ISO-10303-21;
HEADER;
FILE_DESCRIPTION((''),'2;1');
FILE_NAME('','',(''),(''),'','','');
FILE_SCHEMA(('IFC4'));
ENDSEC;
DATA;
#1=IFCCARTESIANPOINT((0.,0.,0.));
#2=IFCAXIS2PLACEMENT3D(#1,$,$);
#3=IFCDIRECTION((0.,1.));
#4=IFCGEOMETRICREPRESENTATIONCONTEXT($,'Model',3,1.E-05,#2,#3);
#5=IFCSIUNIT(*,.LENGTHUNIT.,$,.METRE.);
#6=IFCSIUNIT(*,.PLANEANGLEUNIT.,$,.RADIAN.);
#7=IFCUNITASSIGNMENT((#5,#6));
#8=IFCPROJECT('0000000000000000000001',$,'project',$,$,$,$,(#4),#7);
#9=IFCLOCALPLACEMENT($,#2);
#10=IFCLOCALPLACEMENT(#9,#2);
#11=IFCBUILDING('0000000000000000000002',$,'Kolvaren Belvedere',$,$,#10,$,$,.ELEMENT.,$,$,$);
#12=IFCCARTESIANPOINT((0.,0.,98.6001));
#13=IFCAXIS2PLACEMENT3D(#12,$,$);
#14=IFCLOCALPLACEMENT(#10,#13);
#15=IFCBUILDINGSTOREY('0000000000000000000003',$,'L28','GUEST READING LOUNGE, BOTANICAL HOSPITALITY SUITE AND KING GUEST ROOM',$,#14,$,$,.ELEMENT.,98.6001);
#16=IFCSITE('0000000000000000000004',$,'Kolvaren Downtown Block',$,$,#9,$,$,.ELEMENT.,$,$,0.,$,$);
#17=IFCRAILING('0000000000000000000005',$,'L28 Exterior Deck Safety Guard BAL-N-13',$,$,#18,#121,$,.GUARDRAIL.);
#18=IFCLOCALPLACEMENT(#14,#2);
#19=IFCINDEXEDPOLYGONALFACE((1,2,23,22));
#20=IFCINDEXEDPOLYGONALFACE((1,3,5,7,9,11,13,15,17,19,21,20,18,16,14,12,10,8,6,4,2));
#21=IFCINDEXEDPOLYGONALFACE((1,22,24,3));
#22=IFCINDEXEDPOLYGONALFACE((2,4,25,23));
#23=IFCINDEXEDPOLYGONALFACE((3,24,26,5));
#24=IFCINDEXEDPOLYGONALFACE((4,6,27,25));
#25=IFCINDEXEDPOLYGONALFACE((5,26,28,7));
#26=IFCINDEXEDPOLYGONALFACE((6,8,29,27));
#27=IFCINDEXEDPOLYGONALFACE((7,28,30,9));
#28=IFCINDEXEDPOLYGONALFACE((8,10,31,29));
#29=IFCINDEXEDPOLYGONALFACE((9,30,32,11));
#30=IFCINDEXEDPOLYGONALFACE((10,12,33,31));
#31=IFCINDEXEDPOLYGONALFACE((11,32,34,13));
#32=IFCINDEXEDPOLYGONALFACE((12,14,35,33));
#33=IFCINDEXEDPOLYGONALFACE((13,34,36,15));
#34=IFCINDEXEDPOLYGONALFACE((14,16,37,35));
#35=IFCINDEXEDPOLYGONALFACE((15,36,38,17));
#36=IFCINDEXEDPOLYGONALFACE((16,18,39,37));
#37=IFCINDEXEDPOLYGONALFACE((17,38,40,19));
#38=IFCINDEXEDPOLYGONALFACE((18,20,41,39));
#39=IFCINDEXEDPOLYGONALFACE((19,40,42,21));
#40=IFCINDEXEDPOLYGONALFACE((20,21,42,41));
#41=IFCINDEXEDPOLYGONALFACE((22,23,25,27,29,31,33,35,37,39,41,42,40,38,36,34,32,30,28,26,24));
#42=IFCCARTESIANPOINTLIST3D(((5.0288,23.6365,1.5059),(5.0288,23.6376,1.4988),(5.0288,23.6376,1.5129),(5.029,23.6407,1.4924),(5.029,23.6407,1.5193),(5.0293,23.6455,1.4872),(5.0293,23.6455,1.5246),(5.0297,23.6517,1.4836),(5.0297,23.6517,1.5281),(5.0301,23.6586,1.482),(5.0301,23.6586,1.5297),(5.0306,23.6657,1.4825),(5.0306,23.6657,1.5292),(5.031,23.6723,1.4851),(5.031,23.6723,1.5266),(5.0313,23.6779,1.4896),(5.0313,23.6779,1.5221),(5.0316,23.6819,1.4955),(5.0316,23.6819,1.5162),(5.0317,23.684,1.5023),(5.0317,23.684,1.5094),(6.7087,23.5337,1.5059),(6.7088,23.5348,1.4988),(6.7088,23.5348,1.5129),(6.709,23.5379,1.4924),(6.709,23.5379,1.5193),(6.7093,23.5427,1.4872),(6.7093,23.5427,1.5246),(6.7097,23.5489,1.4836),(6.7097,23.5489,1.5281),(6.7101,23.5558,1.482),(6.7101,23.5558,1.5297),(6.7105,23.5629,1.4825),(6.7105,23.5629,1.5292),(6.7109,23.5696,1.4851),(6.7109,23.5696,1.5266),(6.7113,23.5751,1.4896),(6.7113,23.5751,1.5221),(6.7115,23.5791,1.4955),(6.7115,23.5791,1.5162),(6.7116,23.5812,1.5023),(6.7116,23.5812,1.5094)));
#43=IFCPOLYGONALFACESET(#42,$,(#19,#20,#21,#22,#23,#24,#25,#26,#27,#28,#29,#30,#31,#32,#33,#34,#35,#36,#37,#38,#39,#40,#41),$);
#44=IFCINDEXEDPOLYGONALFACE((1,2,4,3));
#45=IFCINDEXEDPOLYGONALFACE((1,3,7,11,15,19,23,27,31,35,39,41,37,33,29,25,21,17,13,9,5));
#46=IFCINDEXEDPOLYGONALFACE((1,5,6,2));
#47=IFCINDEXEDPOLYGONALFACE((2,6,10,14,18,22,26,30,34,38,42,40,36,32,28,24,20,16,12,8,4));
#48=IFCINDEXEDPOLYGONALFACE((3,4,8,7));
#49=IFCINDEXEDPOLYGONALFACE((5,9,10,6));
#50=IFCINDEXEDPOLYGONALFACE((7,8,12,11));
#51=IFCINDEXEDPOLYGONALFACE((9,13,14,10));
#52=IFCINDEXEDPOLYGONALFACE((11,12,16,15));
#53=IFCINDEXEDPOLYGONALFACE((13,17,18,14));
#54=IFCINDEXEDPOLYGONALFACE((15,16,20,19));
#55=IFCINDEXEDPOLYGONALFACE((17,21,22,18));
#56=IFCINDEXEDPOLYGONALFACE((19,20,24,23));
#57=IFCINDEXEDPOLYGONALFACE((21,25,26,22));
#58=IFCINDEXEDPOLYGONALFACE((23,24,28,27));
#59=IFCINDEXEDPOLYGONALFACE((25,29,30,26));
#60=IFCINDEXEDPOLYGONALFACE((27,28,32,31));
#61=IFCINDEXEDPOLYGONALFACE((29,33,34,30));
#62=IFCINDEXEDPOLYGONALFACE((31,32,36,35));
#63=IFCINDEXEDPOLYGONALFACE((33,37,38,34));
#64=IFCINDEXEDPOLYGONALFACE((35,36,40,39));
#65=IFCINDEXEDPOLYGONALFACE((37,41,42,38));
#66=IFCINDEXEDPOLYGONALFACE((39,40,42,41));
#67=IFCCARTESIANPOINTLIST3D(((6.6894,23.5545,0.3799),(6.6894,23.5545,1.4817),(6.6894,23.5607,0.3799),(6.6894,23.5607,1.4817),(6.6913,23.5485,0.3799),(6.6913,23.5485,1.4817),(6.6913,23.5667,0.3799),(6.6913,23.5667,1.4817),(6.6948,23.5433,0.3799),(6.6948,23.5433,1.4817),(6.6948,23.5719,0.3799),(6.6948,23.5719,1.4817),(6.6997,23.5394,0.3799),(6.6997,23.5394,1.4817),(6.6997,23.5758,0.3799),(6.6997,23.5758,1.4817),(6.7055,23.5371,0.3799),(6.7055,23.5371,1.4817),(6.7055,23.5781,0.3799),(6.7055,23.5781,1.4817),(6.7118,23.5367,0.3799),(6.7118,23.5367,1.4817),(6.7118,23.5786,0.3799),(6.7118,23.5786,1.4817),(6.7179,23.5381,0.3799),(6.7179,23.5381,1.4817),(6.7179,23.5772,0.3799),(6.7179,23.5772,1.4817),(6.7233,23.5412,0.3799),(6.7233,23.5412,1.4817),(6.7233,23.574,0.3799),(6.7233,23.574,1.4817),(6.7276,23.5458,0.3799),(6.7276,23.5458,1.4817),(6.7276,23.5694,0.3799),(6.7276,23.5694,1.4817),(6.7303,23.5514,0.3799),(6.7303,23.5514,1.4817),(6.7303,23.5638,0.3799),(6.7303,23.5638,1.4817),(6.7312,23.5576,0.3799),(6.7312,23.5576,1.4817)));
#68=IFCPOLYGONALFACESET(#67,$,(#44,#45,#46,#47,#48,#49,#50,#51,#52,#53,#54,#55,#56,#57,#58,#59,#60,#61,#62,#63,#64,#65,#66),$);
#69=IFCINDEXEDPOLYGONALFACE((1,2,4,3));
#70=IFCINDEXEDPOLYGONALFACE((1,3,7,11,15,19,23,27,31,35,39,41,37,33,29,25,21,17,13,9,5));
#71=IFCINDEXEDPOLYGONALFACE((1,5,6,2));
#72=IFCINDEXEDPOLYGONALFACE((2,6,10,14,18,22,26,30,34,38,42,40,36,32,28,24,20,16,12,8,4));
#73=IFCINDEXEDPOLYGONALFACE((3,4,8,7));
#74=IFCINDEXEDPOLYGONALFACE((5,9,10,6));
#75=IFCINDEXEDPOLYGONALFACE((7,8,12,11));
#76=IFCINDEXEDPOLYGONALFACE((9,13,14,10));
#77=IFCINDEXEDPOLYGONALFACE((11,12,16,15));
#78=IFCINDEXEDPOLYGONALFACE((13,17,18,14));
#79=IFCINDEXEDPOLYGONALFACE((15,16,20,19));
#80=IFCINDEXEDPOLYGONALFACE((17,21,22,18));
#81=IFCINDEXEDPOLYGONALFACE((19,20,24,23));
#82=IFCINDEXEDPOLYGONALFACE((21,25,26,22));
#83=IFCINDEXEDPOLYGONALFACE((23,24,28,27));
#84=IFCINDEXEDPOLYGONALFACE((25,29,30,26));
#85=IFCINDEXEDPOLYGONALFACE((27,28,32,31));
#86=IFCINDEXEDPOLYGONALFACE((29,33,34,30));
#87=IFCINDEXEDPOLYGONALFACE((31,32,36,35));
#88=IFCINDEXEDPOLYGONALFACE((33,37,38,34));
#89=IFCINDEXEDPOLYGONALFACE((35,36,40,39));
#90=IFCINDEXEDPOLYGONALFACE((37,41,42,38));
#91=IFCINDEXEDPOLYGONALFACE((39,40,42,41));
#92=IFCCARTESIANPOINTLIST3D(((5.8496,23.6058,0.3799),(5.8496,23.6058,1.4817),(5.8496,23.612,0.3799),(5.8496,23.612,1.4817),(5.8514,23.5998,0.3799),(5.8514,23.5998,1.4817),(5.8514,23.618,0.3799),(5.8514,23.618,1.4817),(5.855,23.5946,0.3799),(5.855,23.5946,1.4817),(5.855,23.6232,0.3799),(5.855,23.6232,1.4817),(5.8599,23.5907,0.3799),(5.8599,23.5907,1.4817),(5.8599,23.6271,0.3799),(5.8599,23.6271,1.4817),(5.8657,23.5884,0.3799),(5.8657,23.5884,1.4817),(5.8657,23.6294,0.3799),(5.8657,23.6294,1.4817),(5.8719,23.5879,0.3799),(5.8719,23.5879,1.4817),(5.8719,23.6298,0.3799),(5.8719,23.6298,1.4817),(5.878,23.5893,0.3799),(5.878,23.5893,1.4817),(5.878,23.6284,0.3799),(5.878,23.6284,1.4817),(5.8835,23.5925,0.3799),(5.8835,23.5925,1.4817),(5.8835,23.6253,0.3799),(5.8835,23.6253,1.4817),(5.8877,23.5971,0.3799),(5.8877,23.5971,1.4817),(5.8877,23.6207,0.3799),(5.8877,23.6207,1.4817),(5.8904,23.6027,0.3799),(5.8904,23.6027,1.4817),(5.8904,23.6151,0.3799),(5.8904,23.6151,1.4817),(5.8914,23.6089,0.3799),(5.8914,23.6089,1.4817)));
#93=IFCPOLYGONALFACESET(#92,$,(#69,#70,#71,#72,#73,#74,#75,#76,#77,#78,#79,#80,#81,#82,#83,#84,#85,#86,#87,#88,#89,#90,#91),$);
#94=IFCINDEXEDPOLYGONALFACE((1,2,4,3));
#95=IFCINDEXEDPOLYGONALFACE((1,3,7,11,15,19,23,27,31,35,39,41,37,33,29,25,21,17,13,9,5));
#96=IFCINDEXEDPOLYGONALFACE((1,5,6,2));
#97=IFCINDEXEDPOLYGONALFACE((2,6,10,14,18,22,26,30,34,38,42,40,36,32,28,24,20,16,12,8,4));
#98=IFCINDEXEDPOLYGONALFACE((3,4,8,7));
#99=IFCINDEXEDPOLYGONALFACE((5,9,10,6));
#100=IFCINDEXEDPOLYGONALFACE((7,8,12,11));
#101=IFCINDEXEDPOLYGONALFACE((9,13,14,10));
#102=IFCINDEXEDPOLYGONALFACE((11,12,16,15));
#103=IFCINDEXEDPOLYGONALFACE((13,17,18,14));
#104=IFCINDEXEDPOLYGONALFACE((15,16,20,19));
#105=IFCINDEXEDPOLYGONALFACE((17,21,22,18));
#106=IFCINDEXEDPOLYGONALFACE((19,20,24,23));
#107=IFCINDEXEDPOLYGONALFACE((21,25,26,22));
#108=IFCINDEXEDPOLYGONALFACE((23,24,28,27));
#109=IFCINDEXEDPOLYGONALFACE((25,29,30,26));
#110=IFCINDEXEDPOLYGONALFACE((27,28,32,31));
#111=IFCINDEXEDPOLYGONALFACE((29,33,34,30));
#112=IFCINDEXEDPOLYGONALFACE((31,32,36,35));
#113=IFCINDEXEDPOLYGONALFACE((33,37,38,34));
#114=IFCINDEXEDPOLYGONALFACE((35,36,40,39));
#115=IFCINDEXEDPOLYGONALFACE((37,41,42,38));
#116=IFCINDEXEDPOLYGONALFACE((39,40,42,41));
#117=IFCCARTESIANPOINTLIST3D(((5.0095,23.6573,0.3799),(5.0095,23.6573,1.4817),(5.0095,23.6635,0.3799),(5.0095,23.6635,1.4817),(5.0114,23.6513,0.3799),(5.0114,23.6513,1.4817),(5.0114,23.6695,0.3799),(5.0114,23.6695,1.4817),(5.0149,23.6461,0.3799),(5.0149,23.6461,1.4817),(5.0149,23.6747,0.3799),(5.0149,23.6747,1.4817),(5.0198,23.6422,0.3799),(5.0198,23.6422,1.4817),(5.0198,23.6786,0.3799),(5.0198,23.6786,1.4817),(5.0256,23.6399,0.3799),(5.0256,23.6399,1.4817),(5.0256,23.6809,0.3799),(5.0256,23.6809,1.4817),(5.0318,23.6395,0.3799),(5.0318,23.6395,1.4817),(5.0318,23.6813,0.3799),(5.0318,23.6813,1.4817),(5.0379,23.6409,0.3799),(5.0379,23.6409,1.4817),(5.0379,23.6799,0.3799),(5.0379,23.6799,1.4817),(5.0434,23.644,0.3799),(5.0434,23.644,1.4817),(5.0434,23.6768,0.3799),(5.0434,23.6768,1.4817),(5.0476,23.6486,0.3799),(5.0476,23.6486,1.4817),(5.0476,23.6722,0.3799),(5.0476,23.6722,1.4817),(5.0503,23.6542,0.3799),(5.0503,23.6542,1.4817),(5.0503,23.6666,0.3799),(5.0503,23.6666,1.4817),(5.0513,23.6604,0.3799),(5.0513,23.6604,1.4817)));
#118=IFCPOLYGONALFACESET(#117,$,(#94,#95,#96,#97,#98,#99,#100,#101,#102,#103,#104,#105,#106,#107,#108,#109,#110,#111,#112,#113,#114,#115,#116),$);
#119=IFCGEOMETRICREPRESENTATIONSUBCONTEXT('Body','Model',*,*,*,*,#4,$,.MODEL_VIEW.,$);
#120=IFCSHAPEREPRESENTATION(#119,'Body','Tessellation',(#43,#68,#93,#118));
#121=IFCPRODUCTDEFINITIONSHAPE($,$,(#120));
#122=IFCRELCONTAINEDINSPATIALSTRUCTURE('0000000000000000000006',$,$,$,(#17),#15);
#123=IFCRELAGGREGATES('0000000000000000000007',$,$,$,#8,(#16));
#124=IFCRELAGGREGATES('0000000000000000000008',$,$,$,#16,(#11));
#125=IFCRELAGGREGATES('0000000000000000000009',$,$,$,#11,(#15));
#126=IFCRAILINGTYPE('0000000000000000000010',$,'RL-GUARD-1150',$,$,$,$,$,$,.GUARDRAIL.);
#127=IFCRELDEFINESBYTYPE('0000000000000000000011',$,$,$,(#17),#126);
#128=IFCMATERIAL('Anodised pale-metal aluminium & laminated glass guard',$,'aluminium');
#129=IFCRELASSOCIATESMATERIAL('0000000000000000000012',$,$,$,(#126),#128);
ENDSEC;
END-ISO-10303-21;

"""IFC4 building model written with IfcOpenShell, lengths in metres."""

from ifc_helpers import new_model, si_unit, direction, frame, origin, origin_2d, place, context, subcontext, project, spatial, circle, extrude, material, type_object, element, save


model = new_model("IFC4")

# Units and contexts
model_context = context("Model", 3, precision=1e-05, world=origin(), true_north=direction((0.0, 1.0)))
body_context = subcontext(model_context, "Body", "Model", "MODEL_VIEW")
ifc_project = project(units=[si_unit("LENGTHUNIT", "METRE"), si_unit("PLANEANGLEUNIT", "RADIAN")], contexts=[model_context])

# Site, building, storey
site_placement = place(None, origin())
site = spatial("IfcSite", under=ifc_project, at=site_placement, Name="Kolvaren Downtown Block", CompositionType="ELEMENT", RefElevation=0.0)
building_placement = place(site_placement, origin())
building = spatial("IfcBuilding", under=site, at=building_placement, Name="Kolvaren Belvedere", CompositionType="ELEMENT")
storey_placement = place(building_placement, frame((0.0, 0.0, 98.6001)))
storey = spatial("IfcBuildingStorey", under=building, at=storey_placement, Name="L28", Description="GUEST READING LOUNGE, BOTANICAL HOSPITALITY SUITE AND KING GUEST ROOM", CompositionType="ELEMENT", Elevation=98.6001)

# Railing
ifc_material_1 = material(Name="Anodised pale-metal aluminium & laminated glass guard", Category="aluminium")
railing_type = type_object("IfcRailingType", Name="RL-GUARD-1150", PredefinedType="GUARDRAIL", material=ifc_material_1)
railing_1_placement = place(storey_placement, frame((6.7102, 23.5576, 0.3799)))
element("IfcRailing", 1, at=railing_1_placement, inside=storey, type_object=railing_type, Name="L28 Exterior Deck Safety Guard BAL-N-13", PredefinedType="GUARDRAIL", context=body_context, shape_type="SweptSolid", body=[
    extrude(circle(Radius=0.0239, at=origin_2d()), frame((0.0, 0.0, 1.126), z_axis=(-0.998134, 0.061069, 0.0), x_axis=(-0.061069, -0.998134, 0.0)), (0.0, 0.0, 1.0), 1.6831),
    extrude(circle(Radius=0.021, at=origin_2d()), origin(), (0.0, 0.0, 1.0), 1.1018),
    extrude(circle(Radius=0.021, at=origin_2d()), frame((-0.8398, 0.0513, 0.0)), (0.0, 0.0, 1.0), 1.1018),
    extrude(circle(Radius=0.021, at=origin_2d()), frame((-1.6799, 0.1028, 0.0)), (0.0, 0.0, 1.0), 1.1018),
])

save(model, "model.ifc")
